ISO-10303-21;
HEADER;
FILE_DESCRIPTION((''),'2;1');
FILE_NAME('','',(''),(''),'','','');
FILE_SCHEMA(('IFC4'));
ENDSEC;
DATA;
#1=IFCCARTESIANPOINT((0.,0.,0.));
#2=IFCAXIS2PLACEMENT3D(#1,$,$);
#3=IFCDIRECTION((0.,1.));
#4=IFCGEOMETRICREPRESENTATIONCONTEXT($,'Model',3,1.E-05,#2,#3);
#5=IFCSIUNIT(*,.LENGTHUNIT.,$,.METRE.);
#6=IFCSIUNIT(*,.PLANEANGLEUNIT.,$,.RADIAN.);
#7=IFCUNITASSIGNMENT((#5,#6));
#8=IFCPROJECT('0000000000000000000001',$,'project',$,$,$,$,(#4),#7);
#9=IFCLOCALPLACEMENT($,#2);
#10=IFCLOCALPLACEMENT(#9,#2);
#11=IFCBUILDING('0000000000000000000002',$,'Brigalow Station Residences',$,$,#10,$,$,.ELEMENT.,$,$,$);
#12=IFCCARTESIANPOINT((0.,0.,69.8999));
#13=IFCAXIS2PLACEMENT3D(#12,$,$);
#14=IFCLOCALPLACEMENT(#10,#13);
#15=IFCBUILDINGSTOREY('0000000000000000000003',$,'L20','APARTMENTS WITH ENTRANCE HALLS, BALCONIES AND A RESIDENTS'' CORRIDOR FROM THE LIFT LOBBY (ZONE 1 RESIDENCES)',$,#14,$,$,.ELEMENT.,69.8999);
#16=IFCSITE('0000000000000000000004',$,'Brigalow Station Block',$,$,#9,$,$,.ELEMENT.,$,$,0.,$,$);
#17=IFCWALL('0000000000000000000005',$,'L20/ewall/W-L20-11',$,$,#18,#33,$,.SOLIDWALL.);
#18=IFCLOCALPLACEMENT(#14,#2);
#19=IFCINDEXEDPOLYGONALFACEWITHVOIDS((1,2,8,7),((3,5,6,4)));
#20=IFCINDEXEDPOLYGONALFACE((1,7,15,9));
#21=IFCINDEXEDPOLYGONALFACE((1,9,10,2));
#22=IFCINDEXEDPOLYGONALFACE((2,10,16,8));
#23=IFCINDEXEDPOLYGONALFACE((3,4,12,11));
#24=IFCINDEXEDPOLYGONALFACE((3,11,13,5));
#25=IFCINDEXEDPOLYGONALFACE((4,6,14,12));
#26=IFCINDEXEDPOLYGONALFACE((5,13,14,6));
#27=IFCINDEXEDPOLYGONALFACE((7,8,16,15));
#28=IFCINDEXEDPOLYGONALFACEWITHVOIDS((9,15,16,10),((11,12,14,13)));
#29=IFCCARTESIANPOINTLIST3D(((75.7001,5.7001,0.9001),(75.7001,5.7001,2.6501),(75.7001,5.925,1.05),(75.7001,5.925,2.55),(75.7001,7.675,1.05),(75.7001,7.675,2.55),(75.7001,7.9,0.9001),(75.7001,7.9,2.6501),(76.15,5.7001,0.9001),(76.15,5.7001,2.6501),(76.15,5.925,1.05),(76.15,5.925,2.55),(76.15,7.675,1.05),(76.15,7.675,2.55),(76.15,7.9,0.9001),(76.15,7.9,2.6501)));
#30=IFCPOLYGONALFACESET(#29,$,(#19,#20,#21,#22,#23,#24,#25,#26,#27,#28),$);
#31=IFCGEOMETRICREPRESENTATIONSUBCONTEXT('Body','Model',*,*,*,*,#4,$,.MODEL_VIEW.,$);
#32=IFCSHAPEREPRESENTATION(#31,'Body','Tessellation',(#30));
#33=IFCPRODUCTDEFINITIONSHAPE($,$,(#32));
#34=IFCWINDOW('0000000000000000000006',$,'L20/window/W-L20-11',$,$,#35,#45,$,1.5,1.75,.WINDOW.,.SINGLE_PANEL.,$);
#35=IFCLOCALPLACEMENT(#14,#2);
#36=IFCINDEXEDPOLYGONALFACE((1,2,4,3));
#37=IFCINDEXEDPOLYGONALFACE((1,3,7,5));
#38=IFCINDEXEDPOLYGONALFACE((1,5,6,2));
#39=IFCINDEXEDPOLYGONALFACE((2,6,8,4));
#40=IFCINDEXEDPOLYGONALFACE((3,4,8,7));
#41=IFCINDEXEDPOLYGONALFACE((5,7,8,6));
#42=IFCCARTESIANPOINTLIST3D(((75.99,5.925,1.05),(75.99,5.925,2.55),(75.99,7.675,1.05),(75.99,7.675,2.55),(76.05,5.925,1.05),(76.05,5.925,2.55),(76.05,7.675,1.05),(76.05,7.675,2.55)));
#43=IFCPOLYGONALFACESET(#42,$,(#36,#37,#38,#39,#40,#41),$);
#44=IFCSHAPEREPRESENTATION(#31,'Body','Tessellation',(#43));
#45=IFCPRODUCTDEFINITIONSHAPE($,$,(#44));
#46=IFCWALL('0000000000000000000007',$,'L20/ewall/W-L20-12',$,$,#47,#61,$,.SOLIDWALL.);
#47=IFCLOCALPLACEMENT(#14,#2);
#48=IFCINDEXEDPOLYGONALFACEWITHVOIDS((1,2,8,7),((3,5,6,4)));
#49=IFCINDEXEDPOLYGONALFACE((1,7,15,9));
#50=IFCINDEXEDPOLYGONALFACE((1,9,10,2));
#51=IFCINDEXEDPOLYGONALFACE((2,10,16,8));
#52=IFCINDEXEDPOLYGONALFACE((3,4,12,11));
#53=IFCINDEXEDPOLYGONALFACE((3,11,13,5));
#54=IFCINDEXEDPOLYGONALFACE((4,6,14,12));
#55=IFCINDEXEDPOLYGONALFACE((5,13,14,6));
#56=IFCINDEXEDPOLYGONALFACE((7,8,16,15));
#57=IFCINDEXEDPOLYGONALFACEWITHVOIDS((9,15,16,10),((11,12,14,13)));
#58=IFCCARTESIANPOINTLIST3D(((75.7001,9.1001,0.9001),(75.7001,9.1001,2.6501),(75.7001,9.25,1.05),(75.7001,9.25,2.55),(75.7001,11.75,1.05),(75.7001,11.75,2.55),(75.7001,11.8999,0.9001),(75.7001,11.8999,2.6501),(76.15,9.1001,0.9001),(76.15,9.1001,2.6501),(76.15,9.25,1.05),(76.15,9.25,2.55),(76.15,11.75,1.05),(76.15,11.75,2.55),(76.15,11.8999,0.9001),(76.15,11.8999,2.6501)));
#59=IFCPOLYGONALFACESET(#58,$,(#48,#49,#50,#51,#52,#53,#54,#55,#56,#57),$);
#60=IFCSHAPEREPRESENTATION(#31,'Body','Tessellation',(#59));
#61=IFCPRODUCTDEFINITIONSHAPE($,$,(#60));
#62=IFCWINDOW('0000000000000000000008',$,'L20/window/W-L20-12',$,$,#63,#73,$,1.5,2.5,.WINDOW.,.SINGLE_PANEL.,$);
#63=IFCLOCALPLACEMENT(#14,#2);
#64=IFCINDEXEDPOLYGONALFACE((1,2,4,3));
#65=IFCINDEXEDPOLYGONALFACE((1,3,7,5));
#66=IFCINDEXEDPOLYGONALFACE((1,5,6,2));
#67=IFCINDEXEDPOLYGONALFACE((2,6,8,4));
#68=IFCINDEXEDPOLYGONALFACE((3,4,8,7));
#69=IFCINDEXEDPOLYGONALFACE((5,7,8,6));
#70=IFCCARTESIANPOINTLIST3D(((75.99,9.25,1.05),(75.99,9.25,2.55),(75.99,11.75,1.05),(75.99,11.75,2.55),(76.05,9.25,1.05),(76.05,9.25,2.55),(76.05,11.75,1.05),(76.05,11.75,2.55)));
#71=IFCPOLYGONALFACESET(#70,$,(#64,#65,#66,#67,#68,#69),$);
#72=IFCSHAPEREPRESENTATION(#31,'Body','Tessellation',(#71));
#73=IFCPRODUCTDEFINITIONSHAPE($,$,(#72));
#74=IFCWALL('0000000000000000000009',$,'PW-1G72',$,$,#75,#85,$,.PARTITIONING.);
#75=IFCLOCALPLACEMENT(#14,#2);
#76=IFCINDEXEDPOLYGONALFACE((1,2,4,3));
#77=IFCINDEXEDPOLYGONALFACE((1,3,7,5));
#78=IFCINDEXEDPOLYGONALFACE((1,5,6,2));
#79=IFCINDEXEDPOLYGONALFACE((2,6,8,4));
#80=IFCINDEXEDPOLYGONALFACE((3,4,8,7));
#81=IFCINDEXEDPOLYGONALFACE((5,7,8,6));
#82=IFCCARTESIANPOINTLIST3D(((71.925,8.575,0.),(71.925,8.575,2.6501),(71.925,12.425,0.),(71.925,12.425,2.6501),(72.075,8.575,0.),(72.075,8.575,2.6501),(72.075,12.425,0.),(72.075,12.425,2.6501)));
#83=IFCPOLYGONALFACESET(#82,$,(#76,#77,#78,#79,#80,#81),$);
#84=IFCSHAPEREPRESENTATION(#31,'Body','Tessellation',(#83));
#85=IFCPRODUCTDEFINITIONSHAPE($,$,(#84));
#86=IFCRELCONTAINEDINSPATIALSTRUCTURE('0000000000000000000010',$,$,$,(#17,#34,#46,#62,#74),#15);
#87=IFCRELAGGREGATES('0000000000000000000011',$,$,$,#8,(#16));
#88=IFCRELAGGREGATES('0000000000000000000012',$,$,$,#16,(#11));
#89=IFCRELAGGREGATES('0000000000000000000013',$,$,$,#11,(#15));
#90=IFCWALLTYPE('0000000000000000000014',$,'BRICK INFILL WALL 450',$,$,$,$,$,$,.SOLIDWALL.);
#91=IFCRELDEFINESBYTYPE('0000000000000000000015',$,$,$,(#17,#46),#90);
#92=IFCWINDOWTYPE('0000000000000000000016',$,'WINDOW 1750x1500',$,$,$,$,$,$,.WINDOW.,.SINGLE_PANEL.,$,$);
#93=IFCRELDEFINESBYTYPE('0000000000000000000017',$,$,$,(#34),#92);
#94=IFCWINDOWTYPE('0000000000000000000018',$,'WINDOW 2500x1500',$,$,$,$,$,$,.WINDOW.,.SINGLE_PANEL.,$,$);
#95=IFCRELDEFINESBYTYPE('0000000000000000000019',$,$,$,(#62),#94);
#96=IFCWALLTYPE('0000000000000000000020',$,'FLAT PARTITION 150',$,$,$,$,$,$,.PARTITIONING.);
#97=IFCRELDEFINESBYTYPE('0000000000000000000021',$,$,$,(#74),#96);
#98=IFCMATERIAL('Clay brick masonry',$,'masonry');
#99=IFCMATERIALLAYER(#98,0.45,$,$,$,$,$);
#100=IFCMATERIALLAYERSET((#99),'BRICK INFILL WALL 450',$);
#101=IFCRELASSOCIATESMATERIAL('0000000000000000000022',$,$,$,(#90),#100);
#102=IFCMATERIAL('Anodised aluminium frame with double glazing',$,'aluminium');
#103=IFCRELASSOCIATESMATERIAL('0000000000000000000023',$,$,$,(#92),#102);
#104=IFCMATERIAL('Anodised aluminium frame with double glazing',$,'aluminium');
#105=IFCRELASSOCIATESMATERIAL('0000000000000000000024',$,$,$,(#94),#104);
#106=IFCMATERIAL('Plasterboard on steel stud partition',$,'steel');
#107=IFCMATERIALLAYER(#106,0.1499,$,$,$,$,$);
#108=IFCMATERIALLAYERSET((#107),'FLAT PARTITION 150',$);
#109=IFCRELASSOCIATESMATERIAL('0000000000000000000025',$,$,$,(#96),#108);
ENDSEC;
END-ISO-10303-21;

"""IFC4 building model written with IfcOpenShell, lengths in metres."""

from ifc_helpers import new_model, si_unit, direction, frame, frame_2d, origin, place, context, subcontext, project, spatial, rectangle, extrude, material, layer, layer_set, type_object, element, fill, save


model = new_model("IFC4")

# Units and contexts
model_context = context("Model", 3, precision=1e-05, world=origin(), true_north=direction((0.0, 1.0)))
body_context = subcontext(model_context, "Body", "Model", "MODEL_VIEW")
ifc_project = project(units=[si_unit("LENGTHUNIT", "METRE"), si_unit("PLANEANGLEUNIT", "RADIAN")], contexts=[model_context])

# Site, building, storey
site_placement = place(None, origin())
site = spatial("IfcSite", under=ifc_project, at=site_placement, Name="Brigalow Station Block", CompositionType="ELEMENT", RefElevation=0.0)
building_placement = place(site_placement, origin())
building = spatial("IfcBuilding", under=site, at=building_placement, Name="Brigalow Station Residences", CompositionType="ELEMENT")
storey_placement = place(building_placement, frame((0.0, 0.0, 69.8999)))
storey = spatial("IfcBuildingStorey", under=building, at=storey_placement, Name="L20", Description="APARTMENTS WITH ENTRANCE HALLS, BALCONIES AND A RESIDENTS' CORRIDOR FROM THE LIFT LOBBY (ZONE 1 RESIDENCES)", CompositionType="ELEMENT", Elevation=69.8999)

# Walls, openings, windows
ifc_material_1 = material(Name="Clay brick masonry", Category="masonry")
ifc_layer_1 = layer(ifc_material_1, 0.45)
ifc_layer_set_1 = layer_set([ifc_layer_1], Name="BRICK INFILL WALL 450")
wall_type_1 = type_object("IfcWallType", Name="BRICK INFILL WALL 450", PredefinedType="SOLIDWALL", material=ifc_layer_set_1)
wall_1_placement = place(storey_placement, frame((75.925, 5.7, 0.9001), z_axis=(0.0, 0.0, 1.0), x_axis=(0.0, 1.0, 0.0)))
wall_1 = element("IfcWall", 1, at=wall_1_placement, inside=storey, type_object=wall_type_1, Name="L20/ewall/W-L20-11", PredefinedType="SOLIDWALL", context=body_context, shape_type="SweptSolid", body=[
    extrude(rectangle(XDim=2.2, YDim=0.45, at=frame_2d((1.1001, 0.0))), origin(), (0.0, 0.0, 1.0), 1.75),
])
opening_1_placement = place(wall_1_placement, frame((0.2251, 0.0, 0.1499)))
opening_1 = element("IfcOpeningElement", 2, at=opening_1_placement, cuts=wall_1, PredefinedType="OPENING", context=body_context, shape_type="SweptSolid", body=[
    extrude(rectangle(XDim=1.75, YDim=1.5, at=frame_2d((0.875, 0.75))), frame((0.0, 0.2349, 0.0), z_axis=(0.0, -1.0, 0.0), x_axis=(1.0, 0.0, 0.0)), (0.0, 0.0, 1.0), 0.47),
])
ifc_material_2 = material(Name="Anodised aluminium frame with double glazing", Category="aluminium")
window_type_1 = type_object("IfcWindowType", Name="WINDOW 1750x1500", PartitioningType="SINGLE_PANEL", PredefinedType="WINDOW", material=ifc_material_2)
window_1_placement = place(opening_1_placement, origin())
window_1 = element("IfcWindow", 3, at=window_1_placement, inside=storey, type_object=window_type_1, Name="L20/window/W-L20-11", OverallHeight=1.5, OverallWidth=1.75, PartitioningType="SINGLE_PANEL", PredefinedType="WINDOW", context=body_context, shape_type="SweptSolid", body=[
    extrude(rectangle(XDim=1.75, YDim=1.5, at=frame_2d((0.875, 0.75))), frame((0.0, -0.0649, 0.0), z_axis=(0.0, -1.0, 0.0), x_axis=(1.0, 0.0, 0.0)), (0.0, 0.0, 1.0), 0.0601),
])
fill(opening_1, window_1)
wall_2_placement = place(storey_placement, frame((75.925, 9.1001, 0.9001), z_axis=(0.0, 0.0, 1.0), x_axis=(0.0, 1.0, 0.0)))
wall_2 = element("IfcWall", 4, at=wall_2_placement, inside=storey, type_object=wall_type_1, Name="L20/ewall/W-L20-12", PredefinedType="SOLIDWALL", context=body_context, shape_type="SweptSolid", body=[
    extrude(rectangle(XDim=2.7998, YDim=0.45, at=frame_2d((1.3999, 0.0))), origin(), (0.0, 0.0, 1.0), 1.75),
])
opening_2_placement = place(wall_2_placement, frame((0.1499, 0.0, 0.1499)))
opening_2 = element("IfcOpeningElement", 5, at=opening_2_placement, cuts=wall_2, PredefinedType="OPENING", context=body_context, shape_type="SweptSolid", body=[
    extrude(rectangle(XDim=2.5, YDim=1.5, at=frame_2d((1.25, 0.75))), frame((0.0, 0.2349, 0.0), z_axis=(0.0, -1.0, 0.0), x_axis=(1.0, 0.0, 0.0)), (0.0, 0.0, 1.0), 0.47),
])
ifc_material_3 = material(Name="Anodised aluminium frame with double glazing", Category="aluminium")
window_type_2 = type_object("IfcWindowType", Name="WINDOW 2500x1500", PartitioningType="SINGLE_PANEL", PredefinedType="WINDOW", material=ifc_material_3)
window_2_placement = place(opening_2_placement, origin())
window_2 = element("IfcWindow", 6, at=window_2_placement, inside=storey, type_object=window_type_2, Name="L20/window/W-L20-12", OverallHeight=1.5, OverallWidth=2.5, PartitioningType="SINGLE_PANEL", PredefinedType="WINDOW", context=body_context, shape_type="SweptSolid", body=[
    extrude(rectangle(XDim=2.5, YDim=1.5, at=frame_2d((1.25, 0.75))), frame((0.0, -0.0649, 0.0), z_axis=(0.0, -1.0, 0.0), x_axis=(1.0, 0.0, 0.0)), (0.0, 0.0, 1.0), 0.0601),
])
fill(opening_2, window_2)

# Wall
ifc_material_4 = material(Name="Plasterboard on steel stud partition", Category="steel")
ifc_layer_2 = layer(ifc_material_4, 0.1499)
ifc_layer_set_2 = layer_set([ifc_layer_2], Name="FLAT PARTITION 150")
wall_type_2 = type_object("IfcWallType", Name="FLAT PARTITION 150", PredefinedType="PARTITIONING", material=ifc_layer_set_2)
wall_3_placement = place(storey_placement, frame((72.0, 8.575, 0.0), z_axis=(0.0, 0.0, 1.0), x_axis=(0.0, 1.0, 0.0)))
element("IfcWall", 7, at=wall_3_placement, inside=storey, type_object=wall_type_2, Name="PW-1G72", PredefinedType="PARTITIONING", context=body_context, shape_type="SweptSolid", body=[
    extrude(rectangle(XDim=3.8501, YDim=0.1499, at=frame_2d((1.925, 0.0))), origin(), (0.0, 0.0, 1.0), 2.6501),
])

save(model, "model.ifc")
